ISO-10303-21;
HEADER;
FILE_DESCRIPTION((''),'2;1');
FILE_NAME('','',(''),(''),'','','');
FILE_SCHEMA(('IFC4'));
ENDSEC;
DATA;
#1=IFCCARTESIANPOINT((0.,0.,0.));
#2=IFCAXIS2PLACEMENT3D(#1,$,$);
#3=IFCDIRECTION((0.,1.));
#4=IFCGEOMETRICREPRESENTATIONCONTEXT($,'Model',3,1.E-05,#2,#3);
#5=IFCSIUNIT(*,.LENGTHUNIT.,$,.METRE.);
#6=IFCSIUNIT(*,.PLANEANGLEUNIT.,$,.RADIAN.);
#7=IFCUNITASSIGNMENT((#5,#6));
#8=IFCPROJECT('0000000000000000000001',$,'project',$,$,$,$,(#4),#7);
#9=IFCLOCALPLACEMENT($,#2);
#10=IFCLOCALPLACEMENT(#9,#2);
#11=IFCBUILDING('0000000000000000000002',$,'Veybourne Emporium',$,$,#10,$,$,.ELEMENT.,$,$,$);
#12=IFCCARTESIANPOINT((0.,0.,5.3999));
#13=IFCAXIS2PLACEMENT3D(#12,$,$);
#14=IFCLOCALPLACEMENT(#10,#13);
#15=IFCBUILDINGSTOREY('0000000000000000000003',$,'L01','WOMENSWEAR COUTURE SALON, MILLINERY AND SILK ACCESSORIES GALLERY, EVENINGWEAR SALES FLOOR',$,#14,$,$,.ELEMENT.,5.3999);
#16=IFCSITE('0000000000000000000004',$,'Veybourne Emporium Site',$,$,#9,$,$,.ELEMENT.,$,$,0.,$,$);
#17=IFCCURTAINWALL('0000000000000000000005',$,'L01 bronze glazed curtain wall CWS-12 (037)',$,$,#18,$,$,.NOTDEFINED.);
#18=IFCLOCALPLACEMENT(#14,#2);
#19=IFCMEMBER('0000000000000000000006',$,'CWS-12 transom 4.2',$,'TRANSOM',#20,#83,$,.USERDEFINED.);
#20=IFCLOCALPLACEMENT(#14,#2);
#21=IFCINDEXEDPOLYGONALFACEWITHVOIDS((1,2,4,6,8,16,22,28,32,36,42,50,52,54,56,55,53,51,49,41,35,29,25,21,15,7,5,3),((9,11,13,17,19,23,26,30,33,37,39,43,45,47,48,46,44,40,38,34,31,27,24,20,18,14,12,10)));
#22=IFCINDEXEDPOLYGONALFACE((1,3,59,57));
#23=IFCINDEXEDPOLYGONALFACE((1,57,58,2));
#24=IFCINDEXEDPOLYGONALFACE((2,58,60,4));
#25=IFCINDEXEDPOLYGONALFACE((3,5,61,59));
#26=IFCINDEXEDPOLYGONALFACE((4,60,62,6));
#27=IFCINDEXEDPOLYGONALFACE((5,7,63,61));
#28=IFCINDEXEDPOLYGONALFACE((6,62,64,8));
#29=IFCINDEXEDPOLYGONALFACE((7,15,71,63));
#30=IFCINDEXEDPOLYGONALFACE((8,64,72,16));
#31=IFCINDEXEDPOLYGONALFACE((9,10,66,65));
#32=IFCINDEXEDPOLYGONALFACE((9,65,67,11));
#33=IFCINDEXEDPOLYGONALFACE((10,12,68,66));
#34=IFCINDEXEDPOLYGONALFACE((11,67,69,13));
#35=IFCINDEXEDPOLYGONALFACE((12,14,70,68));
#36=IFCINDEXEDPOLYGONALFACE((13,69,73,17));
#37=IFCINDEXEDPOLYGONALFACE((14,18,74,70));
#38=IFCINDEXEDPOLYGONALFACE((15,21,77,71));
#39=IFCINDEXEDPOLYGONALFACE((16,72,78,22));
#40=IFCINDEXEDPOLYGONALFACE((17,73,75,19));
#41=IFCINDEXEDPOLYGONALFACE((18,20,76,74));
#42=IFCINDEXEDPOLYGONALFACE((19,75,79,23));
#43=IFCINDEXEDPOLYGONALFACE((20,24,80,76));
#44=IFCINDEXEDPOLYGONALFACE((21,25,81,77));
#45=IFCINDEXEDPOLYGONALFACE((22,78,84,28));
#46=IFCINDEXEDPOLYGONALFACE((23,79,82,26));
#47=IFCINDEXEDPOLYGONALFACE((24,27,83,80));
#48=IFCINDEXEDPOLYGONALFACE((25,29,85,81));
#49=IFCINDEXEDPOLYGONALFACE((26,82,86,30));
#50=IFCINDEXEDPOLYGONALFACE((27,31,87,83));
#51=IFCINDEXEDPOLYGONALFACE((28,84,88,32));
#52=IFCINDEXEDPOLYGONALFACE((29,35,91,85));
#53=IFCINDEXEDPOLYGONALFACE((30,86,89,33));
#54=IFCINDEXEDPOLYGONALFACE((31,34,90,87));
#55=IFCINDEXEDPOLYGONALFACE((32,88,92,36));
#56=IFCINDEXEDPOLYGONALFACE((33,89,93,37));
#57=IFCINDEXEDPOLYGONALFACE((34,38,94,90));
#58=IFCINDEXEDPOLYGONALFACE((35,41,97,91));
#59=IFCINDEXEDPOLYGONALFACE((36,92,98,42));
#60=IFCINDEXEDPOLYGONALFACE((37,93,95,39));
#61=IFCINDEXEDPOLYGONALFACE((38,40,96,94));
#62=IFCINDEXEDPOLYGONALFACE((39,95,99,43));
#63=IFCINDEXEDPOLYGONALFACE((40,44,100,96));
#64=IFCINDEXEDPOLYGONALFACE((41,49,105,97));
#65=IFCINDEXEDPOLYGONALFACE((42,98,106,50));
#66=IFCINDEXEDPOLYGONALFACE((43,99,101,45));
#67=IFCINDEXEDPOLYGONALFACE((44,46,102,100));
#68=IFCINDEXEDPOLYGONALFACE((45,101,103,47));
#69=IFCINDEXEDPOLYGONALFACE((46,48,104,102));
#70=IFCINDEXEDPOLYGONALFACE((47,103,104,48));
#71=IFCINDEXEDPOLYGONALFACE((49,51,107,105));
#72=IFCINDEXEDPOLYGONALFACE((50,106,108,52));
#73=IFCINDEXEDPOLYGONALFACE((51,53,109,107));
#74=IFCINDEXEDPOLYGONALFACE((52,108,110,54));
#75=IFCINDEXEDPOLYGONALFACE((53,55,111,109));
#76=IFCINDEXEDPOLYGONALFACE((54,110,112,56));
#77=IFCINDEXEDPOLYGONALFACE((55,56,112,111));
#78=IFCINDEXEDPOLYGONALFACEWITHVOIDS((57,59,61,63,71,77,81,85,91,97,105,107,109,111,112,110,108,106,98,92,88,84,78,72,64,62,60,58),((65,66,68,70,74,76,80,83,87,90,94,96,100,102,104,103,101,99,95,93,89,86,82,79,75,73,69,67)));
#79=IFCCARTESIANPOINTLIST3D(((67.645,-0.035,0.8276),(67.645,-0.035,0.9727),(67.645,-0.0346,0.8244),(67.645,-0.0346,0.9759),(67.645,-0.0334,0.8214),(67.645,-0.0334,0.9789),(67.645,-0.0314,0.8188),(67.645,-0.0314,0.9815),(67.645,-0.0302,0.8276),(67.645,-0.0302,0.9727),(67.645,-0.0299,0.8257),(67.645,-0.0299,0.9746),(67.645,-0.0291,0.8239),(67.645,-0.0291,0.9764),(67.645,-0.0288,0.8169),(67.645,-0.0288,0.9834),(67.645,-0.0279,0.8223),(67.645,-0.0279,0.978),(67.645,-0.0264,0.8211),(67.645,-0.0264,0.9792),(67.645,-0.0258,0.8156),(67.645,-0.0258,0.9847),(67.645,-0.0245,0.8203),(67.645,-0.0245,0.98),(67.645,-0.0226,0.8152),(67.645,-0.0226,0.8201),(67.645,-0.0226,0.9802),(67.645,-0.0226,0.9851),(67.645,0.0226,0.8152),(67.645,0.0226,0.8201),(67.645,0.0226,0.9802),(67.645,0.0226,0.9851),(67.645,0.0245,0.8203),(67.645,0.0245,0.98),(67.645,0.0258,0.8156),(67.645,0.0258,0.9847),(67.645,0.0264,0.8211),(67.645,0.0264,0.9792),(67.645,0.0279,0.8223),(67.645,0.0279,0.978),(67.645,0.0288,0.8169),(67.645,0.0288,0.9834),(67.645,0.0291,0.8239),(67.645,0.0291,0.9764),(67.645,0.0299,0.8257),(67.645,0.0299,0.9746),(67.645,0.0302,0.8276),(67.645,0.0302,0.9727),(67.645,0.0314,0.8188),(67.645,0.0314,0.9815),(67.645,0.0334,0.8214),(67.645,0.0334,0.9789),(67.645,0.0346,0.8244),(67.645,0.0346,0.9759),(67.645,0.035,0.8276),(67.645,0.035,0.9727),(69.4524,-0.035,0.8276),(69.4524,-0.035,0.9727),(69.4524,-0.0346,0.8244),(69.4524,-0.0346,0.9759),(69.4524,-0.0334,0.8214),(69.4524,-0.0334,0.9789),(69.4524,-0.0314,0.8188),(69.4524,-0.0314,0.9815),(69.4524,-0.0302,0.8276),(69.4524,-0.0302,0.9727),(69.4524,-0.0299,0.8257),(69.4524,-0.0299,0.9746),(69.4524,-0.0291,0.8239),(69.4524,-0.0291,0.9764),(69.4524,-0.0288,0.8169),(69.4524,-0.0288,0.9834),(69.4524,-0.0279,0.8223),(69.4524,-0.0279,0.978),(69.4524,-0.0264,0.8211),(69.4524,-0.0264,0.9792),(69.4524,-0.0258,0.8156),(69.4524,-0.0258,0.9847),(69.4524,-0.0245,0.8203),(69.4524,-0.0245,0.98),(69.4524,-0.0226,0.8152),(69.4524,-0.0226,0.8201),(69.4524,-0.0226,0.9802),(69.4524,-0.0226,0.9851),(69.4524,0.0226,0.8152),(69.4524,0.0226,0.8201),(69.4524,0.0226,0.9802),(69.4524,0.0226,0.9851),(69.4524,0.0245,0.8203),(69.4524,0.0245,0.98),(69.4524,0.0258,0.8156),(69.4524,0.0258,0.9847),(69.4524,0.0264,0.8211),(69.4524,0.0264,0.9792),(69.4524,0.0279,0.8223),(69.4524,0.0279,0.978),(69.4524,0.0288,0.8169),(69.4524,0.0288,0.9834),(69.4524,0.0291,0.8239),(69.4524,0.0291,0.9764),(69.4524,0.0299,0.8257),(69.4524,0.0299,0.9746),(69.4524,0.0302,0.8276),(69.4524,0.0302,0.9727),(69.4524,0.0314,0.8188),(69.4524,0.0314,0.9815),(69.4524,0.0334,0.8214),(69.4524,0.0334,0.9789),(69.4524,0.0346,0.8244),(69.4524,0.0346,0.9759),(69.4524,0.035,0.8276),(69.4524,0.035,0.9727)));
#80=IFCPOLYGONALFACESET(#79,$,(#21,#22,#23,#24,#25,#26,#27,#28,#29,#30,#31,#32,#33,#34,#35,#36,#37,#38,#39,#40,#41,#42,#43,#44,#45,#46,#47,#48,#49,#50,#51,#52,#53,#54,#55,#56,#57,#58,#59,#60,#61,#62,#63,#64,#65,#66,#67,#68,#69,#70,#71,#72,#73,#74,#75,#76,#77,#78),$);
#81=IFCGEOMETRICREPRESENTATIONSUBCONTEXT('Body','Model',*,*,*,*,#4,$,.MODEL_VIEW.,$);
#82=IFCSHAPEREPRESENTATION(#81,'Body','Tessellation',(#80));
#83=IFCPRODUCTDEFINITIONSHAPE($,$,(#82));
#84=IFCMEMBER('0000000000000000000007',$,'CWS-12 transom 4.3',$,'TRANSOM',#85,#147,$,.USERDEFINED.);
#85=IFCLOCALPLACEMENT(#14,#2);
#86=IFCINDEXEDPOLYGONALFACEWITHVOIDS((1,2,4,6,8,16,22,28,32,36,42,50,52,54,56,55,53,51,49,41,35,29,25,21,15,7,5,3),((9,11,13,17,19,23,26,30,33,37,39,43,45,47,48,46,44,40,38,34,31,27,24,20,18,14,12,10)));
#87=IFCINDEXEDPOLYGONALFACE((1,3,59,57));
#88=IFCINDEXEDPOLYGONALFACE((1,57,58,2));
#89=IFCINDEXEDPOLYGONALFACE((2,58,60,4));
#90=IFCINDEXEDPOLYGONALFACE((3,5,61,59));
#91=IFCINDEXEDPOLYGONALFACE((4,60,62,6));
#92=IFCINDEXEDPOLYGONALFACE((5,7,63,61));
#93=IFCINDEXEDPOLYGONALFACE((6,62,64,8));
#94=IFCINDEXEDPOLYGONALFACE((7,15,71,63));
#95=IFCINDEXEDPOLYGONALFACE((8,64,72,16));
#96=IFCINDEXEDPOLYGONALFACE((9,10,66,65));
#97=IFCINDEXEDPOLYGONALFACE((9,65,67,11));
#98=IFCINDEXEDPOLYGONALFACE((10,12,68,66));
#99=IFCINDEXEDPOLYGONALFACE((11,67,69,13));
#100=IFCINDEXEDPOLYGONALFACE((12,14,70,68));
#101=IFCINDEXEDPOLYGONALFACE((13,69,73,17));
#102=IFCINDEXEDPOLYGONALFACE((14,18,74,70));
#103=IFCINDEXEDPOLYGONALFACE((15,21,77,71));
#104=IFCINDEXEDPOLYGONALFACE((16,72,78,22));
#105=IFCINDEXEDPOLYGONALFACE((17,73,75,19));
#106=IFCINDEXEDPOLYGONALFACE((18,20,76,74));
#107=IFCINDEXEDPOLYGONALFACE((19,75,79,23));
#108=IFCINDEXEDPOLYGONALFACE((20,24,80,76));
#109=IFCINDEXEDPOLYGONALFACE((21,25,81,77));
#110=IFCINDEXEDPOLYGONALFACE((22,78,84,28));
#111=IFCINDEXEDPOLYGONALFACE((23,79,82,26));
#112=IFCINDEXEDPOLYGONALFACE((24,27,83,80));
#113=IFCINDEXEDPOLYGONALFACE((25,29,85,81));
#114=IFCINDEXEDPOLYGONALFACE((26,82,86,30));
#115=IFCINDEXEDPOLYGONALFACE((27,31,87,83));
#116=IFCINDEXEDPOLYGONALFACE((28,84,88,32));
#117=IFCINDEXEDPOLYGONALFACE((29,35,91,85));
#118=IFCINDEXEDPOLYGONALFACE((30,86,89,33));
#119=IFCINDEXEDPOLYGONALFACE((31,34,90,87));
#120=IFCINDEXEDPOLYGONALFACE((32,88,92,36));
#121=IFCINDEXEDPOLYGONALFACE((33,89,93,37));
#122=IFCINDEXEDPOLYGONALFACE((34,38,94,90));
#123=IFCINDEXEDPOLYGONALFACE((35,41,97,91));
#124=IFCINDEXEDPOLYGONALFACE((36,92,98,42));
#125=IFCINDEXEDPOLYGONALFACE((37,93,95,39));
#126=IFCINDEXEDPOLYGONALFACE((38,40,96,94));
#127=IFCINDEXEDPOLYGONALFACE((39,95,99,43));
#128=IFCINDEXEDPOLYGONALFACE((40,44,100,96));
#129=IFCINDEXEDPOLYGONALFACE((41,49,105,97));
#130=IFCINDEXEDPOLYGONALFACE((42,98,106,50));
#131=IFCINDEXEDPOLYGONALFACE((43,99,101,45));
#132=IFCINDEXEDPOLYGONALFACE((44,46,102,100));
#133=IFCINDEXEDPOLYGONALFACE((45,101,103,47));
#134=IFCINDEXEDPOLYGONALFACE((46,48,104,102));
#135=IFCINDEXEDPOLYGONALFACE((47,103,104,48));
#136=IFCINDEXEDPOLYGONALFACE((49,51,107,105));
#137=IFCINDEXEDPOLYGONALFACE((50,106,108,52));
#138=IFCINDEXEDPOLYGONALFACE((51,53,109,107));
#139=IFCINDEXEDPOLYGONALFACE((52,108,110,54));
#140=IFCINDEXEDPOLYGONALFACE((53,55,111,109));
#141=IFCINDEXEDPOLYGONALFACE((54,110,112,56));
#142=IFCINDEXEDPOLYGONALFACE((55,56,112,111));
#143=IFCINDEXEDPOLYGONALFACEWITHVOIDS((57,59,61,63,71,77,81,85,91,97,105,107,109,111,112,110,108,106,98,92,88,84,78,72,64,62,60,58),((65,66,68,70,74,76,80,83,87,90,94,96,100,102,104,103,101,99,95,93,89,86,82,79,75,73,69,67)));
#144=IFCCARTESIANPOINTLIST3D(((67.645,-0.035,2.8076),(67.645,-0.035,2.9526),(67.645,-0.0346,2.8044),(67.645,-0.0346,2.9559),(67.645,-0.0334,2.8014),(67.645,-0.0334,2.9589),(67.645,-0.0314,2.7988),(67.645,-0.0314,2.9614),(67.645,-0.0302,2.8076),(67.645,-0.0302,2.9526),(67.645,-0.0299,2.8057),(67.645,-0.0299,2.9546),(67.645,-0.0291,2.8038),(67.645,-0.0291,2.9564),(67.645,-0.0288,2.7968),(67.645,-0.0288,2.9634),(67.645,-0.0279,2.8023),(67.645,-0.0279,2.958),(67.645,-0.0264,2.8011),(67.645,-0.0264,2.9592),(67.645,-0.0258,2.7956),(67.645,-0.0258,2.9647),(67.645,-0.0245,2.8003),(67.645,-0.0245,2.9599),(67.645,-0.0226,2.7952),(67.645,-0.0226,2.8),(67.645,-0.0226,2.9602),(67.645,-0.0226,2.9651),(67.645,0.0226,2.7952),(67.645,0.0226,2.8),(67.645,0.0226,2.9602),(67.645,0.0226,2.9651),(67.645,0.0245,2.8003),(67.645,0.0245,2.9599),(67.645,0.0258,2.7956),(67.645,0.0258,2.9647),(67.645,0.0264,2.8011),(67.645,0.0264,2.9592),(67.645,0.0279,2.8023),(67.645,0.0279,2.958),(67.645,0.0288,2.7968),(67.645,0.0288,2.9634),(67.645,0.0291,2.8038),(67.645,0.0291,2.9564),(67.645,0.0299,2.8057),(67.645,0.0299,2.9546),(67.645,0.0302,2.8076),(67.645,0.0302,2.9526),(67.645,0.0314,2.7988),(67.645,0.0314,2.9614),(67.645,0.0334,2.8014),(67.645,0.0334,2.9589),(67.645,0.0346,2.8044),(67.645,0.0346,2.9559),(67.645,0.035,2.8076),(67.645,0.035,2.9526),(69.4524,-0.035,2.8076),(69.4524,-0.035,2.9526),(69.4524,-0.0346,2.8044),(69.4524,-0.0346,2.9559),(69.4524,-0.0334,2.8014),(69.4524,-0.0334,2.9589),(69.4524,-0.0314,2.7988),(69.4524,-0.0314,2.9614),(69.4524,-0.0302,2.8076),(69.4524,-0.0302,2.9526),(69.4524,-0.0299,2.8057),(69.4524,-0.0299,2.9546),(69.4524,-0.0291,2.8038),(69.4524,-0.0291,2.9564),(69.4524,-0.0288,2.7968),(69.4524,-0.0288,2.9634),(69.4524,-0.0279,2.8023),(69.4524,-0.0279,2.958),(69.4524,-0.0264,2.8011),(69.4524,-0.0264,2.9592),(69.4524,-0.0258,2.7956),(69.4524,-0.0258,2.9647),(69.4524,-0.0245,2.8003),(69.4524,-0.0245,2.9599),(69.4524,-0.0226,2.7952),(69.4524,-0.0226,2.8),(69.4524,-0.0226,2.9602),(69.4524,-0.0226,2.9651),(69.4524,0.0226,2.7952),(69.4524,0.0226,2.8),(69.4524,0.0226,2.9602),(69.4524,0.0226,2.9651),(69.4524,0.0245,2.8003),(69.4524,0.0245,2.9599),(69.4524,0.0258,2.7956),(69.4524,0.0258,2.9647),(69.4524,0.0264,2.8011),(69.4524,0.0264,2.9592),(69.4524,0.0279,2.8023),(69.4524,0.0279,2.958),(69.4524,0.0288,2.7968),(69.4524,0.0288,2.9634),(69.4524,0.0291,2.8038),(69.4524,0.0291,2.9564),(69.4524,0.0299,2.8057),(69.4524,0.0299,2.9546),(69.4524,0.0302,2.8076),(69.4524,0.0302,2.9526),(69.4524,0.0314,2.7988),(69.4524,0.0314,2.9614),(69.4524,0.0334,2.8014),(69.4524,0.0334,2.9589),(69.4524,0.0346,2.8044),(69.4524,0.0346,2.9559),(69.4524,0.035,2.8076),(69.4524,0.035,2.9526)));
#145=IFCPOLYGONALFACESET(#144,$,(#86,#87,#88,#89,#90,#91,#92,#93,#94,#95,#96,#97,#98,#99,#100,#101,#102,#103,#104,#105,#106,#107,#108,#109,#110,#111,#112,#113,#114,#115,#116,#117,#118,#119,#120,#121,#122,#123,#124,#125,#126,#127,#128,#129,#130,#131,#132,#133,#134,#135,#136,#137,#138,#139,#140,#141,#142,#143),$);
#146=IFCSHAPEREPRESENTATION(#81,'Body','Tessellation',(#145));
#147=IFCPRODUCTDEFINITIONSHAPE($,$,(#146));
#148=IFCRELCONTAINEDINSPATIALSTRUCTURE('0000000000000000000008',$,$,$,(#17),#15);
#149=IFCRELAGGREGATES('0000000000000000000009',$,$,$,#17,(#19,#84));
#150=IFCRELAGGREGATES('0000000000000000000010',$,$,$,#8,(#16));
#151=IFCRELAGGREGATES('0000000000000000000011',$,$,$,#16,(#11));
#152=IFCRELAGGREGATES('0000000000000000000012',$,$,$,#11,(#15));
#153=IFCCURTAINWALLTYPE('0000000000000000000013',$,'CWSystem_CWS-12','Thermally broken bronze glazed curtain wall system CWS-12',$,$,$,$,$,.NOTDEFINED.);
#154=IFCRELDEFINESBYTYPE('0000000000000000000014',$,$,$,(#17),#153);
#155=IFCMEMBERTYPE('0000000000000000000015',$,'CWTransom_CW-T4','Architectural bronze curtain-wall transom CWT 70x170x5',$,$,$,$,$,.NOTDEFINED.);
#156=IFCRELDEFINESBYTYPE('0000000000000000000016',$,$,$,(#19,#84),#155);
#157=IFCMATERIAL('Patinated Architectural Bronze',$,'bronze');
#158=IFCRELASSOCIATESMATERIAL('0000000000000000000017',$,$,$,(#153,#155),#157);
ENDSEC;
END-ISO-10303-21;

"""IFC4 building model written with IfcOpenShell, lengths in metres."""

from ifc_helpers import new_model, si_unit, direction, frame, origin, origin_2d, place, context, subcontext, project, spatial, hollow_rectangle, extrude, material, material_profile, profile_set, type_object, element, aggregate, save


model = new_model("IFC4")

# Units and contexts
model_context = context("Model", 3, precision=1e-05, world=origin(), true_north=direction((0.0, 1.0)))
body_context = subcontext(model_context, "Body", "Model", "MODEL_VIEW")
ifc_project = project(units=[si_unit("LENGTHUNIT", "METRE"), si_unit("PLANEANGLEUNIT", "RADIAN")], contexts=[model_context])

# Site, building, storey
site_placement = place(None, origin())
site = spatial("IfcSite", under=ifc_project, at=site_placement, Name="Veybourne Emporium Site", CompositionType="ELEMENT", RefElevation=0.0)
building_placement = place(site_placement, origin())
building = spatial("IfcBuilding", under=site, at=building_placement, Name="Veybourne Emporium", CompositionType="ELEMENT")
storey_placement = place(building_placement, frame((0.0, 0.0, 5.3999)))
storey = spatial("IfcBuildingStorey", under=building, at=storey_placement, Name="L01", Description="WOMENSWEAR COUTURE SALON, MILLINERY AND SILK ACCESSORIES GALLERY, EVENINGWEAR SALES FLOOR", CompositionType="ELEMENT", Elevation=5.3999)

# Curtain wall, members
ifc_material_1 = material(Name="Patinated Architectural Bronze", Category="bronze")
curtain_wall_type = type_object("IfcCurtainWallType", Name="CWSystem_CWS-12", Description="Thermally broken bronze glazed curtain wall system CWS-12", PredefinedType="NOTDEFINED", material=ifc_material_1)
curtain_wall_placement = place(storey_placement, origin())
curtain_wall = element("IfcCurtainWall", 1, at=curtain_wall_placement, inside=storey, type_object=curtain_wall_type, Name="L01 bronze glazed curtain wall CWS-12 (037)", PredefinedType="NOTDEFINED")
ifc_material_profile_1 = material_profile(ifc_material_1, hollow_rectangle(XDim=0.0701, YDim=0.1699, WallThickness=0.0049, InnerFilletRadius=0.0076, OuterFilletRadius=0.0125, at=origin_2d()), Name="CWT 70x170x5")
ifc_profile_set_1 = profile_set([ifc_material_profile_1], Name="Patinated Architectural Bronze")
member_type_1 = type_object("IfcMemberType", Name="CWTransom_CW-T4", Description="Architectural bronze curtain-wall transom CWT 70x170x5", PredefinedType="NOTDEFINED", material=ifc_profile_set_1)
member_1_placement = place(storey_placement, frame((69.4524, 0.0, 0.9001), z_axis=(-1.0, 0.0, 0.0), x_axis=(0.0, -1.0, 0.0)))
member_1 = element("IfcMember", 2, at=member_1_placement, type_object=member_type_1, Name="CWS-12 transom 4.2", ObjectType="TRANSOM", PredefinedType="USERDEFINED", context=body_context, shape_type="SweptSolid", body=[
    extrude(hollow_rectangle(XDim=0.0701, YDim=0.1699, WallThickness=0.0049, InnerFilletRadius=0.0076, OuterFilletRadius=0.0125, at=origin_2d()), origin(), (0.0, 0.0, 1.0), 1.8074),
])
member_2_placement = place(storey_placement, frame((69.4524, 0.0, 2.8801), z_axis=(-1.0, 0.0, 0.0), x_axis=(0.0, -1.0, 0.0)))
member_2 = element("IfcMember", 3, at=member_2_placement, type_object=member_type_1, Name="CWS-12 transom 4.3", ObjectType="TRANSOM", PredefinedType="USERDEFINED", context=body_context, shape_type="SweptSolid", body=[
    extrude(hollow_rectangle(XDim=0.0701, YDim=0.1699, WallThickness=0.0049, InnerFilletRadius=0.0076, OuterFilletRadius=0.0125, at=origin_2d()), origin(), (0.0, 0.0, 1.0), 1.8074),
])

aggregate(curtain_wall, [member_1, member_2])

save(model, "model.ifc")
